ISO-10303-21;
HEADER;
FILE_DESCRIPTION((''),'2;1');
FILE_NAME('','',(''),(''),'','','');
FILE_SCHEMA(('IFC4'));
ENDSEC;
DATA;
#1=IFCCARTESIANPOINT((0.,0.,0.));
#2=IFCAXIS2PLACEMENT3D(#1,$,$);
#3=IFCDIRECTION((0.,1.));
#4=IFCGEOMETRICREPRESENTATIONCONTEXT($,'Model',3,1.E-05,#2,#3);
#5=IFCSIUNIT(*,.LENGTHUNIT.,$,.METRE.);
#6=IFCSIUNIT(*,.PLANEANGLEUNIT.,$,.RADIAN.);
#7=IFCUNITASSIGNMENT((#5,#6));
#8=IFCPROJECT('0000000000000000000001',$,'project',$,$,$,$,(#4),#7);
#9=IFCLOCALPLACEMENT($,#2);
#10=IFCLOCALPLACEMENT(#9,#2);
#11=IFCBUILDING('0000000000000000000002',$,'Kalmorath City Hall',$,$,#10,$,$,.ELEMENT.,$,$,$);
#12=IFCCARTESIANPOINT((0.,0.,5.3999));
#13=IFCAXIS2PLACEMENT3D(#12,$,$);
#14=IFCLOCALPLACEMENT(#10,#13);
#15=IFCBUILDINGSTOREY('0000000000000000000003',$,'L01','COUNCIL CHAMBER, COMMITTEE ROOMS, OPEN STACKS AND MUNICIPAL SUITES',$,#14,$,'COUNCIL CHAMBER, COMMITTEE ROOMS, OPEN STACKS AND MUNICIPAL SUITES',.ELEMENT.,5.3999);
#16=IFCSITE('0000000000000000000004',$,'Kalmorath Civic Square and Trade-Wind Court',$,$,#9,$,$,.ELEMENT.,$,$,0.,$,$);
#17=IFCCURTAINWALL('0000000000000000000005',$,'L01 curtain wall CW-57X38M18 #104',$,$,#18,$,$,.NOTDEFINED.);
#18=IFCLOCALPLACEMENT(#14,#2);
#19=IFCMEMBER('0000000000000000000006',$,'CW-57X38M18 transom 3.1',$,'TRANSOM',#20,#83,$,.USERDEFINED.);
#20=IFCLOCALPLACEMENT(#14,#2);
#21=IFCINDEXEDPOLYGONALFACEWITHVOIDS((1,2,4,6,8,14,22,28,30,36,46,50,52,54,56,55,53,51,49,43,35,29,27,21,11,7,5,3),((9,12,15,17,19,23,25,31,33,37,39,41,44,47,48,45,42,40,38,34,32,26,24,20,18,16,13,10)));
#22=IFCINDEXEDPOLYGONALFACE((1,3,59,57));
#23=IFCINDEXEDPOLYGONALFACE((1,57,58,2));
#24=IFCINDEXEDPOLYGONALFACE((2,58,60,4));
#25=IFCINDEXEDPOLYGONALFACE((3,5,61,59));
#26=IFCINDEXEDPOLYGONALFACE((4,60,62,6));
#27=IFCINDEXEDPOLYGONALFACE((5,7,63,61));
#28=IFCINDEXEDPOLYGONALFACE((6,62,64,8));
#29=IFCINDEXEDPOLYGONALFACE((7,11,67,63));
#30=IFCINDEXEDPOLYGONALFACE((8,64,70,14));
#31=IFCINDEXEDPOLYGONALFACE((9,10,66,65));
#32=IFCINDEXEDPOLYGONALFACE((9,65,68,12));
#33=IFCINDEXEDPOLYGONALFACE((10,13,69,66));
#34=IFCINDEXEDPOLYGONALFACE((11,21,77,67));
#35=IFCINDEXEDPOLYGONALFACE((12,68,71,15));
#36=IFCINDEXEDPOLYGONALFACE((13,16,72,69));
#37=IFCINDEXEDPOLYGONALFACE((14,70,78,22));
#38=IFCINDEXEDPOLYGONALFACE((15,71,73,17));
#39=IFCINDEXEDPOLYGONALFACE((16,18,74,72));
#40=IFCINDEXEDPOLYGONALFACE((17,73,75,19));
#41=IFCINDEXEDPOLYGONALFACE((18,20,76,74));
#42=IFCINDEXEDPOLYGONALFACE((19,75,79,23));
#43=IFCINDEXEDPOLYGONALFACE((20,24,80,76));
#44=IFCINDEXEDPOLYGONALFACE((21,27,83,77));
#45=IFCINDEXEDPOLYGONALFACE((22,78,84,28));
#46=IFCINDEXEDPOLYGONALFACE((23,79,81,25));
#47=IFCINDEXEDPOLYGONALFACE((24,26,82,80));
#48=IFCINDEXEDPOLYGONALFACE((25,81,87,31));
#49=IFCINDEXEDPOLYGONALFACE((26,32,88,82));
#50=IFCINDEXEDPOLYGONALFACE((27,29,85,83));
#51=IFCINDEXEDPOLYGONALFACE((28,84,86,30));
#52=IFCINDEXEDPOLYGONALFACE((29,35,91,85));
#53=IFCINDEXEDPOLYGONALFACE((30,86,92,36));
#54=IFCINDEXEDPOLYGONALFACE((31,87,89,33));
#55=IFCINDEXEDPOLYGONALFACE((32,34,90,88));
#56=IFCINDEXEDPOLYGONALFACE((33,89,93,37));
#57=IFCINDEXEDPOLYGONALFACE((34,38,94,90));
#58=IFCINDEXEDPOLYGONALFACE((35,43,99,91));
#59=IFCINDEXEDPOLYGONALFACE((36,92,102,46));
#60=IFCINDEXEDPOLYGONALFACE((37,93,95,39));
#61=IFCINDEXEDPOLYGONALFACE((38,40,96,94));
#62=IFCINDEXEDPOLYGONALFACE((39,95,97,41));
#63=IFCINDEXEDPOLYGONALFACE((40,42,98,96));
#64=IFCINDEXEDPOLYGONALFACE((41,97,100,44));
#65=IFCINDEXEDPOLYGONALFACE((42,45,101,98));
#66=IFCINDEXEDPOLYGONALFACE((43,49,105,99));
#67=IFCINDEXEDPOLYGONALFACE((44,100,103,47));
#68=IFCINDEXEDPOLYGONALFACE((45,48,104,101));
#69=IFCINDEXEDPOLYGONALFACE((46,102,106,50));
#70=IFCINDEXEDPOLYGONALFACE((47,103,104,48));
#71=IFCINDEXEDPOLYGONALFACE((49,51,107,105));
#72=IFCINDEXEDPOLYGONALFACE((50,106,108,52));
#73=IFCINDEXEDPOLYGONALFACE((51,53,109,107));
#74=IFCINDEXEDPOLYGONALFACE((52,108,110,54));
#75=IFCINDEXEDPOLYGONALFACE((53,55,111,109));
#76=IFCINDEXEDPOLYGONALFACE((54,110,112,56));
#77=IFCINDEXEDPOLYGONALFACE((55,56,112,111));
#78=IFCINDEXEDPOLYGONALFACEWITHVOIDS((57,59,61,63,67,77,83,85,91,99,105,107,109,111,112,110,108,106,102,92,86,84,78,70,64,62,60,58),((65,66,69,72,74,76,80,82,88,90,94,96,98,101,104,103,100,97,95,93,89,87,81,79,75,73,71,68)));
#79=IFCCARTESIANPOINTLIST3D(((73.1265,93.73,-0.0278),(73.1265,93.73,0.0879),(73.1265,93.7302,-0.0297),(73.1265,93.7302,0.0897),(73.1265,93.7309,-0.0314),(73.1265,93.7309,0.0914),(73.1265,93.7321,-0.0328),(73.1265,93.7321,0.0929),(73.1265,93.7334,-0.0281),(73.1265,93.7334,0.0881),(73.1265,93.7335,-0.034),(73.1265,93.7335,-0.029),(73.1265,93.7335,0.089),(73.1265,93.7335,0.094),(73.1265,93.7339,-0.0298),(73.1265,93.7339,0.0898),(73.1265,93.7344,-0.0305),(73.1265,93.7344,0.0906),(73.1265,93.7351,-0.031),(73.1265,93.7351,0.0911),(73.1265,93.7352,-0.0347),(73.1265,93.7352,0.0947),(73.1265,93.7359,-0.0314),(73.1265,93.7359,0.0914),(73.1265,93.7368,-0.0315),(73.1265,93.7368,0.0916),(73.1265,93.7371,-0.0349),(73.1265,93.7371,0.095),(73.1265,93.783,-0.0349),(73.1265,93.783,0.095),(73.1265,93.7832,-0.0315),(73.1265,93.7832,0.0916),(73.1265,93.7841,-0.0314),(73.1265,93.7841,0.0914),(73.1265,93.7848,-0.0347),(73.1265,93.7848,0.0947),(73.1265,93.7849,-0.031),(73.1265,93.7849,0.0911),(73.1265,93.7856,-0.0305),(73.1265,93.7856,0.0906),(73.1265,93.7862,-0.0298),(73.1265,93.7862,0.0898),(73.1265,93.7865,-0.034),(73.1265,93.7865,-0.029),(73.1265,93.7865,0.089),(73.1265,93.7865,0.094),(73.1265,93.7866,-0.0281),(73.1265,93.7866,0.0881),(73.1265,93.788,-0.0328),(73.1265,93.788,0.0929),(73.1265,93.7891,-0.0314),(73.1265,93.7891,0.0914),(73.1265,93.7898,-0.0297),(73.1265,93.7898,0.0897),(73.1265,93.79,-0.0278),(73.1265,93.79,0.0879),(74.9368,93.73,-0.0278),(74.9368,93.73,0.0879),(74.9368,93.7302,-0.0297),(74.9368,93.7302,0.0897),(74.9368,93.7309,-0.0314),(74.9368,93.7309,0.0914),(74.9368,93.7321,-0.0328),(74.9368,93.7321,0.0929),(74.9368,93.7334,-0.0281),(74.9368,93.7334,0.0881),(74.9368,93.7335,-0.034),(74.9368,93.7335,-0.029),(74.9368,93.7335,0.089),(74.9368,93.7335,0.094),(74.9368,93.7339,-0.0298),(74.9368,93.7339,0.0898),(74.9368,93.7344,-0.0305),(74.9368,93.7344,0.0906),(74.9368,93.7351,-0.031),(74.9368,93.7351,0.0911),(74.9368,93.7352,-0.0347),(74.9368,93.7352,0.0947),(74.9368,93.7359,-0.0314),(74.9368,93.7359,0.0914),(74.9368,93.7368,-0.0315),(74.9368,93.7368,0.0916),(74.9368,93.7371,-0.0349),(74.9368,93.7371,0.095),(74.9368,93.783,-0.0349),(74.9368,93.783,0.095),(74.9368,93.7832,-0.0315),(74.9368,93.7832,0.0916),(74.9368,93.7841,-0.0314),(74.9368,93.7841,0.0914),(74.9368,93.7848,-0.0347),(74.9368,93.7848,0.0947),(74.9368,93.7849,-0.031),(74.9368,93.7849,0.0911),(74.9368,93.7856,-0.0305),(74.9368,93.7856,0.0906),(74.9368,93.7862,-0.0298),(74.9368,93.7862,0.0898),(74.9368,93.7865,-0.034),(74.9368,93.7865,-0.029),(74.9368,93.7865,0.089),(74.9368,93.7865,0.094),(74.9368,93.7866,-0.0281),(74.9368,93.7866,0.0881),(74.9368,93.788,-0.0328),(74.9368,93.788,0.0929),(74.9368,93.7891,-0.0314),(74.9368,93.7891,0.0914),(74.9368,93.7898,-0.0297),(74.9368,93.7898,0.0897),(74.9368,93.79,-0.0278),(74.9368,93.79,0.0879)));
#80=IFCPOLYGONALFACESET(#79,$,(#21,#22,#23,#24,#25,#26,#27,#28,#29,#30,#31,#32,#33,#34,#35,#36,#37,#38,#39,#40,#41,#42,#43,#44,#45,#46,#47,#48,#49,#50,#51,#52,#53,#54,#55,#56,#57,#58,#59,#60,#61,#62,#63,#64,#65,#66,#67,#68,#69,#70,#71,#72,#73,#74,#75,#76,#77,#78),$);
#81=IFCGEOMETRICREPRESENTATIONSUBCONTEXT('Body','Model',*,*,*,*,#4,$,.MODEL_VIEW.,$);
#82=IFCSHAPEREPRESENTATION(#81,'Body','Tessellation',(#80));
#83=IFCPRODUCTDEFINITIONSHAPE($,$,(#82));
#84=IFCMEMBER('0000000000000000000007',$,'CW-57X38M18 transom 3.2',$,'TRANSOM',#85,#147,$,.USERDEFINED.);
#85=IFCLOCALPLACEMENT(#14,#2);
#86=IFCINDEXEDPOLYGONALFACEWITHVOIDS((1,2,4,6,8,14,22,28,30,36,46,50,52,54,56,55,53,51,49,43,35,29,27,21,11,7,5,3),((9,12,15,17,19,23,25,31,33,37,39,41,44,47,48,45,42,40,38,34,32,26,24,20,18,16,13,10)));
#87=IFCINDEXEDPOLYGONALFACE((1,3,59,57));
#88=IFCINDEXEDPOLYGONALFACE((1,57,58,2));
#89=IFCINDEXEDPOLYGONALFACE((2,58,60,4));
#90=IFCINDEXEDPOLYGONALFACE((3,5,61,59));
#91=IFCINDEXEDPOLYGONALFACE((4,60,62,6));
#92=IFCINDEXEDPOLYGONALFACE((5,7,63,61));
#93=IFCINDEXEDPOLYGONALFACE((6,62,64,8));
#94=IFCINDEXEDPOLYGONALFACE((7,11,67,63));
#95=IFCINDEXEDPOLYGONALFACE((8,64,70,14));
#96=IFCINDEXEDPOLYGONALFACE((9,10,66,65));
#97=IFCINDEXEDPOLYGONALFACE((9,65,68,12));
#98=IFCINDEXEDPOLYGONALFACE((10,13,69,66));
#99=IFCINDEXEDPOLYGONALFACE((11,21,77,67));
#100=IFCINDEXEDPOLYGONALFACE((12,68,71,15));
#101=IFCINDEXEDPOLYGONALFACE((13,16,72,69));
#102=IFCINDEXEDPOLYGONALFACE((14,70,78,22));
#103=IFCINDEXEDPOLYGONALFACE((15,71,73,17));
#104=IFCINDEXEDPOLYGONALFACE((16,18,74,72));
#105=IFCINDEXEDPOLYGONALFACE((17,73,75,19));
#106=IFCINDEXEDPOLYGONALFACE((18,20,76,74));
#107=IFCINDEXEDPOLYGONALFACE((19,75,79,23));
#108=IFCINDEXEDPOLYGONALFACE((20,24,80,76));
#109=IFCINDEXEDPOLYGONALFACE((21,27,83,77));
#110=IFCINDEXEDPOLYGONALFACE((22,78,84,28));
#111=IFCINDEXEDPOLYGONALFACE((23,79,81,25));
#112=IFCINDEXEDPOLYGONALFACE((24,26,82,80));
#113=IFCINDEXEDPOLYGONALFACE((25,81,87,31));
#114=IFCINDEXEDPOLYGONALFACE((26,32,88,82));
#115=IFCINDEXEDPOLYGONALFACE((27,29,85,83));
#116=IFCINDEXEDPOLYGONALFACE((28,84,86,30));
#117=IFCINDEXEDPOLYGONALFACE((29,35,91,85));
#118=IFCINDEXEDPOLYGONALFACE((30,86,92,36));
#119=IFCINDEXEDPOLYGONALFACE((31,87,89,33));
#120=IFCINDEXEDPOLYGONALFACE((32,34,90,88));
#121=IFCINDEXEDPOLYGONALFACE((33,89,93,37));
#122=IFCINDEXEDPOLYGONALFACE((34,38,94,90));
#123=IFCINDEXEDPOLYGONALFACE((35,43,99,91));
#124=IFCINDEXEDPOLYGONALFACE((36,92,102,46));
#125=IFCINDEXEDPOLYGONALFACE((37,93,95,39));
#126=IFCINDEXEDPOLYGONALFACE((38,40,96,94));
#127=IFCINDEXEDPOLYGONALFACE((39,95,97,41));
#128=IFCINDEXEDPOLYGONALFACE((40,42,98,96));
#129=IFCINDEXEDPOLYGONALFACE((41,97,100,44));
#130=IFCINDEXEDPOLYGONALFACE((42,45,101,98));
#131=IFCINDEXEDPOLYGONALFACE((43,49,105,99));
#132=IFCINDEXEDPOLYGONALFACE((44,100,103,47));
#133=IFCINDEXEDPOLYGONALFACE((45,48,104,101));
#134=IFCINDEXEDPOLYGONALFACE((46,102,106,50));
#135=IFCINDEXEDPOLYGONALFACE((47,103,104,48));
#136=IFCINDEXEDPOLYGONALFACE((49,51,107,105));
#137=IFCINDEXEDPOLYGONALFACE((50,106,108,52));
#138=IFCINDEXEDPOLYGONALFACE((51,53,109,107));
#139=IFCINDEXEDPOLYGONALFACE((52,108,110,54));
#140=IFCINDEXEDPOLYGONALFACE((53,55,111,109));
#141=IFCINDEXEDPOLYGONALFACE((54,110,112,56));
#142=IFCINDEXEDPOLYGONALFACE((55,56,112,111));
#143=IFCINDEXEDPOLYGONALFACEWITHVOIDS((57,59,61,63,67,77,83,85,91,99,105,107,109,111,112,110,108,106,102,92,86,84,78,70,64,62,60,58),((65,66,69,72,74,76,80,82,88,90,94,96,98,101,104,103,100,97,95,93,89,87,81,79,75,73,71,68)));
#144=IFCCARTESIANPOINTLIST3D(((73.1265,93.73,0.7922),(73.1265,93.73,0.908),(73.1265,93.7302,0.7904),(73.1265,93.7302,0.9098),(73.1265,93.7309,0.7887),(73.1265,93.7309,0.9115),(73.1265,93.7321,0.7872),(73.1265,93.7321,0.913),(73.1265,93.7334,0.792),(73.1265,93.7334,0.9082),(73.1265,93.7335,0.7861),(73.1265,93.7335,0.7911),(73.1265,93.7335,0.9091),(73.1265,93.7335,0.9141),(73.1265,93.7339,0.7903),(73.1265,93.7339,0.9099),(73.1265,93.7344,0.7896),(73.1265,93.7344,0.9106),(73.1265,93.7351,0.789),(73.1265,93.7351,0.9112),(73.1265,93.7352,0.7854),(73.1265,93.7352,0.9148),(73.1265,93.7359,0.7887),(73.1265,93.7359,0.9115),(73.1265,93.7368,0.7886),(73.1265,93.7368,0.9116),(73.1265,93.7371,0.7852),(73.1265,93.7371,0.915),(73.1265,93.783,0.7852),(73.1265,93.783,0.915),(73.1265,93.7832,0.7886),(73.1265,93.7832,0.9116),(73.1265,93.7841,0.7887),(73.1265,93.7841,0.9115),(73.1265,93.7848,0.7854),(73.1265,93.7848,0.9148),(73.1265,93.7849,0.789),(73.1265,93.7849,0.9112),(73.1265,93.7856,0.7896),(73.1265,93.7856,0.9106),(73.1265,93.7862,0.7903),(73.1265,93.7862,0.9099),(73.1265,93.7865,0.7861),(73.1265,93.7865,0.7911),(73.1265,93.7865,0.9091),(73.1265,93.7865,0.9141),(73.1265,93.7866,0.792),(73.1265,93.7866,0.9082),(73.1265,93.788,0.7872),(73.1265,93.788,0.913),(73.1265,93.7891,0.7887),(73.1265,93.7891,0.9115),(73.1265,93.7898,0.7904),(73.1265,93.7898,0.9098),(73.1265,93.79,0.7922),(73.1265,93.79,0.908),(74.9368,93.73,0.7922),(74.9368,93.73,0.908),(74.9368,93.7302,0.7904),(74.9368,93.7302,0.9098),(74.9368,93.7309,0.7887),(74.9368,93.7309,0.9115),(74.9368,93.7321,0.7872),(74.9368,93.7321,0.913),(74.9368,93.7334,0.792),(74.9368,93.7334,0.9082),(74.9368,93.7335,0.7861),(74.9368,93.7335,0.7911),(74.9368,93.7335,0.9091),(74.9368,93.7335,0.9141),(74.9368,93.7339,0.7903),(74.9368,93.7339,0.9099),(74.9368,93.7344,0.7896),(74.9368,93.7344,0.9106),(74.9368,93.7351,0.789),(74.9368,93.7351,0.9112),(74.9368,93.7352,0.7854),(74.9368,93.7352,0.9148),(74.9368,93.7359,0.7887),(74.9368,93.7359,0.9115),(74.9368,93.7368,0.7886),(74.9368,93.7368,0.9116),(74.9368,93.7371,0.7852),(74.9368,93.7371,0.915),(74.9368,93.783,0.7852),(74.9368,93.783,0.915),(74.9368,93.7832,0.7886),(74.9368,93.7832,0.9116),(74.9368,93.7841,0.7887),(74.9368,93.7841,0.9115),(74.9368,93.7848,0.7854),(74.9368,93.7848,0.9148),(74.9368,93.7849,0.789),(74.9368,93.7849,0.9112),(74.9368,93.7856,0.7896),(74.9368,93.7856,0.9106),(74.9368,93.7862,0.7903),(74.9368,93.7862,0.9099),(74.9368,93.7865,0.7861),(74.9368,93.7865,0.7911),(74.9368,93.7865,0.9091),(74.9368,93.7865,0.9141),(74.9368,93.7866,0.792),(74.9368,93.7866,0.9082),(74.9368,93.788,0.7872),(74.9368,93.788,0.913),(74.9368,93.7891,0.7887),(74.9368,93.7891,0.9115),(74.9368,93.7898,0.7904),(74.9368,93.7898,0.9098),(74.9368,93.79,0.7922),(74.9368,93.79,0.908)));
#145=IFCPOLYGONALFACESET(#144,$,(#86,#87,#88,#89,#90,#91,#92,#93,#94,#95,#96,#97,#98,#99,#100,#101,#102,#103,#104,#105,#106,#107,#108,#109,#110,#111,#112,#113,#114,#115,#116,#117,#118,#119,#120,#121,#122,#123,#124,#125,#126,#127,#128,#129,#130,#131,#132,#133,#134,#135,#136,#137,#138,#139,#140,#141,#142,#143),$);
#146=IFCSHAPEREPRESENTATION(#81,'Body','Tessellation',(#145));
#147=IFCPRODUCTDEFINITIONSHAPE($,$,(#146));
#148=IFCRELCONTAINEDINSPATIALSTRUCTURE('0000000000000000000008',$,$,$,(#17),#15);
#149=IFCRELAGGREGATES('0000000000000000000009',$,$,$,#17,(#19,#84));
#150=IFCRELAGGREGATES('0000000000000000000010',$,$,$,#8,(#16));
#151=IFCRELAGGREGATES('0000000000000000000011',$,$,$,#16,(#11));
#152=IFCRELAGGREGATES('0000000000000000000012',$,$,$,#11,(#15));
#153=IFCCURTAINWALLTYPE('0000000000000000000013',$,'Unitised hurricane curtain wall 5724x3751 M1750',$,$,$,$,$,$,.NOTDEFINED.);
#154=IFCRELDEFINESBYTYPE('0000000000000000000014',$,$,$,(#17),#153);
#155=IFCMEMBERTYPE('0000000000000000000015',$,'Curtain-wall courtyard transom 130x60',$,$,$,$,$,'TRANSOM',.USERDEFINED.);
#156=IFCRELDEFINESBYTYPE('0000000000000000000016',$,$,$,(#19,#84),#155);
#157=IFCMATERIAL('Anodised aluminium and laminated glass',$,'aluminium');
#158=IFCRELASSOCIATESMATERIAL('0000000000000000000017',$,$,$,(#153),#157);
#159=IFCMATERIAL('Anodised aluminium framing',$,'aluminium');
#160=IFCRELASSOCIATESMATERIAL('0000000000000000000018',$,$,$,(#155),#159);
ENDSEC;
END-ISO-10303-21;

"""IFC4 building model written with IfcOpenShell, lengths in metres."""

from ifc_helpers import new_model, si_unit, direction, frame, origin, origin_2d, place, context, subcontext, project, spatial, hollow_rectangle, extrude, material, material_profile, profile_set, type_object, element, aggregate, save


model = new_model("IFC4")

# Units and contexts
model_context = context("Model", 3, precision=1e-05, world=origin(), true_north=direction((0.0, 1.0)))
body_context = subcontext(model_context, "Body", "Model", "MODEL_VIEW")
ifc_project = project(units=[si_unit("LENGTHUNIT", "METRE"), si_unit("PLANEANGLEUNIT", "RADIAN")], contexts=[model_context])

# Site, building, storey
site_placement = place(None, origin())
site = spatial("IfcSite", under=ifc_project, at=site_placement, Name="Kalmorath Civic Square and Trade-Wind Court", CompositionType="ELEMENT", RefElevation=0.0)
building_placement = place(site_placement, origin())
building = spatial("IfcBuilding", under=site, at=building_placement, Name="Kalmorath City Hall", CompositionType="ELEMENT")
storey_placement = place(building_placement, frame((0.0, 0.0, 5.3999)))
storey = spatial("IfcBuildingStorey", under=building, at=storey_placement, Name="L01", Description="COUNCIL CHAMBER, COMMITTEE ROOMS, OPEN STACKS AND MUNICIPAL SUITES", LongName="COUNCIL CHAMBER, COMMITTEE ROOMS, OPEN STACKS AND MUNICIPAL SUITES", CompositionType="ELEMENT", Elevation=5.3999)

# Curtain wall, members
ifc_material_1 = material(Name="Anodised aluminium and laminated glass", Category="aluminium")
curtain_wall_type = type_object("IfcCurtainWallType", Name="Unitised hurricane curtain wall 5724x3751 M1750", PredefinedType="NOTDEFINED", material=ifc_material_1)
curtain_wall_placement = place(storey_placement, origin())
curtain_wall = element("IfcCurtainWall", 1, at=curtain_wall_placement, inside=storey, type_object=curtain_wall_type, Name="L01 curtain wall CW-57X38M18 #104", PredefinedType="NOTDEFINED")
ifc_material_2 = material(Name="Anodised aluminium framing", Category="aluminium")
ifc_material_profile_1 = material_profile(ifc_material_2, hollow_rectangle(XDim=0.0601, YDim=0.1299, WallThickness=0.0034, InnerFilletRadius=0.0034, OuterFilletRadius=0.0071, at=origin_2d()), Name="ALU-TRN-130X60X3.5")
ifc_profile_set_1 = profile_set([ifc_material_profile_1], Name="Anodised aluminium framing")
member_type_1 = type_object("IfcMemberType", Name="Curtain-wall courtyard transom 130x60", ElementType="TRANSOM", PredefinedType="USERDEFINED", material=ifc_profile_set_1)
member_1_placement = place(storey_placement, frame((74.9368, 93.76, 0.03), z_axis=(-1.0, 0.0, 0.0), x_axis=(0.0, -1.0, 0.0)))
member_1 = element("IfcMember", 2, at=member_1_placement, type_object=member_type_1, Name="CW-57X38M18 transom 3.1", ObjectType="TRANSOM", PredefinedType="USERDEFINED", context=body_context, shape_type="SweptSolid", body=[
    extrude(hollow_rectangle(XDim=0.0601, YDim=0.1299, WallThickness=0.0034, InnerFilletRadius=0.0034, OuterFilletRadius=0.0071, at=origin_2d()), origin(), (0.0, 0.0, 1.0), 1.8103),
])
member_2_placement = place(storey_placement, frame((74.9368, 93.76, 0.8501), z_axis=(-1.0, 0.0, 0.0), x_axis=(0.0, -1.0, 0.0)))
member_2 = element("IfcMember", 3, at=member_2_placement, type_object=member_type_1, Name="CW-57X38M18 transom 3.2", ObjectType="TRANSOM", PredefinedType="USERDEFINED", context=body_context, shape_type="SweptSolid", body=[
    extrude(hollow_rectangle(XDim=0.0601, YDim=0.1299, WallThickness=0.0034, InnerFilletRadius=0.0034, OuterFilletRadius=0.0071, at=origin_2d()), origin(), (0.0, 0.0, 1.0), 1.8103),
])
aggregate(curtain_wall, [member_1, member_2])

save(model, "model.ifc")
